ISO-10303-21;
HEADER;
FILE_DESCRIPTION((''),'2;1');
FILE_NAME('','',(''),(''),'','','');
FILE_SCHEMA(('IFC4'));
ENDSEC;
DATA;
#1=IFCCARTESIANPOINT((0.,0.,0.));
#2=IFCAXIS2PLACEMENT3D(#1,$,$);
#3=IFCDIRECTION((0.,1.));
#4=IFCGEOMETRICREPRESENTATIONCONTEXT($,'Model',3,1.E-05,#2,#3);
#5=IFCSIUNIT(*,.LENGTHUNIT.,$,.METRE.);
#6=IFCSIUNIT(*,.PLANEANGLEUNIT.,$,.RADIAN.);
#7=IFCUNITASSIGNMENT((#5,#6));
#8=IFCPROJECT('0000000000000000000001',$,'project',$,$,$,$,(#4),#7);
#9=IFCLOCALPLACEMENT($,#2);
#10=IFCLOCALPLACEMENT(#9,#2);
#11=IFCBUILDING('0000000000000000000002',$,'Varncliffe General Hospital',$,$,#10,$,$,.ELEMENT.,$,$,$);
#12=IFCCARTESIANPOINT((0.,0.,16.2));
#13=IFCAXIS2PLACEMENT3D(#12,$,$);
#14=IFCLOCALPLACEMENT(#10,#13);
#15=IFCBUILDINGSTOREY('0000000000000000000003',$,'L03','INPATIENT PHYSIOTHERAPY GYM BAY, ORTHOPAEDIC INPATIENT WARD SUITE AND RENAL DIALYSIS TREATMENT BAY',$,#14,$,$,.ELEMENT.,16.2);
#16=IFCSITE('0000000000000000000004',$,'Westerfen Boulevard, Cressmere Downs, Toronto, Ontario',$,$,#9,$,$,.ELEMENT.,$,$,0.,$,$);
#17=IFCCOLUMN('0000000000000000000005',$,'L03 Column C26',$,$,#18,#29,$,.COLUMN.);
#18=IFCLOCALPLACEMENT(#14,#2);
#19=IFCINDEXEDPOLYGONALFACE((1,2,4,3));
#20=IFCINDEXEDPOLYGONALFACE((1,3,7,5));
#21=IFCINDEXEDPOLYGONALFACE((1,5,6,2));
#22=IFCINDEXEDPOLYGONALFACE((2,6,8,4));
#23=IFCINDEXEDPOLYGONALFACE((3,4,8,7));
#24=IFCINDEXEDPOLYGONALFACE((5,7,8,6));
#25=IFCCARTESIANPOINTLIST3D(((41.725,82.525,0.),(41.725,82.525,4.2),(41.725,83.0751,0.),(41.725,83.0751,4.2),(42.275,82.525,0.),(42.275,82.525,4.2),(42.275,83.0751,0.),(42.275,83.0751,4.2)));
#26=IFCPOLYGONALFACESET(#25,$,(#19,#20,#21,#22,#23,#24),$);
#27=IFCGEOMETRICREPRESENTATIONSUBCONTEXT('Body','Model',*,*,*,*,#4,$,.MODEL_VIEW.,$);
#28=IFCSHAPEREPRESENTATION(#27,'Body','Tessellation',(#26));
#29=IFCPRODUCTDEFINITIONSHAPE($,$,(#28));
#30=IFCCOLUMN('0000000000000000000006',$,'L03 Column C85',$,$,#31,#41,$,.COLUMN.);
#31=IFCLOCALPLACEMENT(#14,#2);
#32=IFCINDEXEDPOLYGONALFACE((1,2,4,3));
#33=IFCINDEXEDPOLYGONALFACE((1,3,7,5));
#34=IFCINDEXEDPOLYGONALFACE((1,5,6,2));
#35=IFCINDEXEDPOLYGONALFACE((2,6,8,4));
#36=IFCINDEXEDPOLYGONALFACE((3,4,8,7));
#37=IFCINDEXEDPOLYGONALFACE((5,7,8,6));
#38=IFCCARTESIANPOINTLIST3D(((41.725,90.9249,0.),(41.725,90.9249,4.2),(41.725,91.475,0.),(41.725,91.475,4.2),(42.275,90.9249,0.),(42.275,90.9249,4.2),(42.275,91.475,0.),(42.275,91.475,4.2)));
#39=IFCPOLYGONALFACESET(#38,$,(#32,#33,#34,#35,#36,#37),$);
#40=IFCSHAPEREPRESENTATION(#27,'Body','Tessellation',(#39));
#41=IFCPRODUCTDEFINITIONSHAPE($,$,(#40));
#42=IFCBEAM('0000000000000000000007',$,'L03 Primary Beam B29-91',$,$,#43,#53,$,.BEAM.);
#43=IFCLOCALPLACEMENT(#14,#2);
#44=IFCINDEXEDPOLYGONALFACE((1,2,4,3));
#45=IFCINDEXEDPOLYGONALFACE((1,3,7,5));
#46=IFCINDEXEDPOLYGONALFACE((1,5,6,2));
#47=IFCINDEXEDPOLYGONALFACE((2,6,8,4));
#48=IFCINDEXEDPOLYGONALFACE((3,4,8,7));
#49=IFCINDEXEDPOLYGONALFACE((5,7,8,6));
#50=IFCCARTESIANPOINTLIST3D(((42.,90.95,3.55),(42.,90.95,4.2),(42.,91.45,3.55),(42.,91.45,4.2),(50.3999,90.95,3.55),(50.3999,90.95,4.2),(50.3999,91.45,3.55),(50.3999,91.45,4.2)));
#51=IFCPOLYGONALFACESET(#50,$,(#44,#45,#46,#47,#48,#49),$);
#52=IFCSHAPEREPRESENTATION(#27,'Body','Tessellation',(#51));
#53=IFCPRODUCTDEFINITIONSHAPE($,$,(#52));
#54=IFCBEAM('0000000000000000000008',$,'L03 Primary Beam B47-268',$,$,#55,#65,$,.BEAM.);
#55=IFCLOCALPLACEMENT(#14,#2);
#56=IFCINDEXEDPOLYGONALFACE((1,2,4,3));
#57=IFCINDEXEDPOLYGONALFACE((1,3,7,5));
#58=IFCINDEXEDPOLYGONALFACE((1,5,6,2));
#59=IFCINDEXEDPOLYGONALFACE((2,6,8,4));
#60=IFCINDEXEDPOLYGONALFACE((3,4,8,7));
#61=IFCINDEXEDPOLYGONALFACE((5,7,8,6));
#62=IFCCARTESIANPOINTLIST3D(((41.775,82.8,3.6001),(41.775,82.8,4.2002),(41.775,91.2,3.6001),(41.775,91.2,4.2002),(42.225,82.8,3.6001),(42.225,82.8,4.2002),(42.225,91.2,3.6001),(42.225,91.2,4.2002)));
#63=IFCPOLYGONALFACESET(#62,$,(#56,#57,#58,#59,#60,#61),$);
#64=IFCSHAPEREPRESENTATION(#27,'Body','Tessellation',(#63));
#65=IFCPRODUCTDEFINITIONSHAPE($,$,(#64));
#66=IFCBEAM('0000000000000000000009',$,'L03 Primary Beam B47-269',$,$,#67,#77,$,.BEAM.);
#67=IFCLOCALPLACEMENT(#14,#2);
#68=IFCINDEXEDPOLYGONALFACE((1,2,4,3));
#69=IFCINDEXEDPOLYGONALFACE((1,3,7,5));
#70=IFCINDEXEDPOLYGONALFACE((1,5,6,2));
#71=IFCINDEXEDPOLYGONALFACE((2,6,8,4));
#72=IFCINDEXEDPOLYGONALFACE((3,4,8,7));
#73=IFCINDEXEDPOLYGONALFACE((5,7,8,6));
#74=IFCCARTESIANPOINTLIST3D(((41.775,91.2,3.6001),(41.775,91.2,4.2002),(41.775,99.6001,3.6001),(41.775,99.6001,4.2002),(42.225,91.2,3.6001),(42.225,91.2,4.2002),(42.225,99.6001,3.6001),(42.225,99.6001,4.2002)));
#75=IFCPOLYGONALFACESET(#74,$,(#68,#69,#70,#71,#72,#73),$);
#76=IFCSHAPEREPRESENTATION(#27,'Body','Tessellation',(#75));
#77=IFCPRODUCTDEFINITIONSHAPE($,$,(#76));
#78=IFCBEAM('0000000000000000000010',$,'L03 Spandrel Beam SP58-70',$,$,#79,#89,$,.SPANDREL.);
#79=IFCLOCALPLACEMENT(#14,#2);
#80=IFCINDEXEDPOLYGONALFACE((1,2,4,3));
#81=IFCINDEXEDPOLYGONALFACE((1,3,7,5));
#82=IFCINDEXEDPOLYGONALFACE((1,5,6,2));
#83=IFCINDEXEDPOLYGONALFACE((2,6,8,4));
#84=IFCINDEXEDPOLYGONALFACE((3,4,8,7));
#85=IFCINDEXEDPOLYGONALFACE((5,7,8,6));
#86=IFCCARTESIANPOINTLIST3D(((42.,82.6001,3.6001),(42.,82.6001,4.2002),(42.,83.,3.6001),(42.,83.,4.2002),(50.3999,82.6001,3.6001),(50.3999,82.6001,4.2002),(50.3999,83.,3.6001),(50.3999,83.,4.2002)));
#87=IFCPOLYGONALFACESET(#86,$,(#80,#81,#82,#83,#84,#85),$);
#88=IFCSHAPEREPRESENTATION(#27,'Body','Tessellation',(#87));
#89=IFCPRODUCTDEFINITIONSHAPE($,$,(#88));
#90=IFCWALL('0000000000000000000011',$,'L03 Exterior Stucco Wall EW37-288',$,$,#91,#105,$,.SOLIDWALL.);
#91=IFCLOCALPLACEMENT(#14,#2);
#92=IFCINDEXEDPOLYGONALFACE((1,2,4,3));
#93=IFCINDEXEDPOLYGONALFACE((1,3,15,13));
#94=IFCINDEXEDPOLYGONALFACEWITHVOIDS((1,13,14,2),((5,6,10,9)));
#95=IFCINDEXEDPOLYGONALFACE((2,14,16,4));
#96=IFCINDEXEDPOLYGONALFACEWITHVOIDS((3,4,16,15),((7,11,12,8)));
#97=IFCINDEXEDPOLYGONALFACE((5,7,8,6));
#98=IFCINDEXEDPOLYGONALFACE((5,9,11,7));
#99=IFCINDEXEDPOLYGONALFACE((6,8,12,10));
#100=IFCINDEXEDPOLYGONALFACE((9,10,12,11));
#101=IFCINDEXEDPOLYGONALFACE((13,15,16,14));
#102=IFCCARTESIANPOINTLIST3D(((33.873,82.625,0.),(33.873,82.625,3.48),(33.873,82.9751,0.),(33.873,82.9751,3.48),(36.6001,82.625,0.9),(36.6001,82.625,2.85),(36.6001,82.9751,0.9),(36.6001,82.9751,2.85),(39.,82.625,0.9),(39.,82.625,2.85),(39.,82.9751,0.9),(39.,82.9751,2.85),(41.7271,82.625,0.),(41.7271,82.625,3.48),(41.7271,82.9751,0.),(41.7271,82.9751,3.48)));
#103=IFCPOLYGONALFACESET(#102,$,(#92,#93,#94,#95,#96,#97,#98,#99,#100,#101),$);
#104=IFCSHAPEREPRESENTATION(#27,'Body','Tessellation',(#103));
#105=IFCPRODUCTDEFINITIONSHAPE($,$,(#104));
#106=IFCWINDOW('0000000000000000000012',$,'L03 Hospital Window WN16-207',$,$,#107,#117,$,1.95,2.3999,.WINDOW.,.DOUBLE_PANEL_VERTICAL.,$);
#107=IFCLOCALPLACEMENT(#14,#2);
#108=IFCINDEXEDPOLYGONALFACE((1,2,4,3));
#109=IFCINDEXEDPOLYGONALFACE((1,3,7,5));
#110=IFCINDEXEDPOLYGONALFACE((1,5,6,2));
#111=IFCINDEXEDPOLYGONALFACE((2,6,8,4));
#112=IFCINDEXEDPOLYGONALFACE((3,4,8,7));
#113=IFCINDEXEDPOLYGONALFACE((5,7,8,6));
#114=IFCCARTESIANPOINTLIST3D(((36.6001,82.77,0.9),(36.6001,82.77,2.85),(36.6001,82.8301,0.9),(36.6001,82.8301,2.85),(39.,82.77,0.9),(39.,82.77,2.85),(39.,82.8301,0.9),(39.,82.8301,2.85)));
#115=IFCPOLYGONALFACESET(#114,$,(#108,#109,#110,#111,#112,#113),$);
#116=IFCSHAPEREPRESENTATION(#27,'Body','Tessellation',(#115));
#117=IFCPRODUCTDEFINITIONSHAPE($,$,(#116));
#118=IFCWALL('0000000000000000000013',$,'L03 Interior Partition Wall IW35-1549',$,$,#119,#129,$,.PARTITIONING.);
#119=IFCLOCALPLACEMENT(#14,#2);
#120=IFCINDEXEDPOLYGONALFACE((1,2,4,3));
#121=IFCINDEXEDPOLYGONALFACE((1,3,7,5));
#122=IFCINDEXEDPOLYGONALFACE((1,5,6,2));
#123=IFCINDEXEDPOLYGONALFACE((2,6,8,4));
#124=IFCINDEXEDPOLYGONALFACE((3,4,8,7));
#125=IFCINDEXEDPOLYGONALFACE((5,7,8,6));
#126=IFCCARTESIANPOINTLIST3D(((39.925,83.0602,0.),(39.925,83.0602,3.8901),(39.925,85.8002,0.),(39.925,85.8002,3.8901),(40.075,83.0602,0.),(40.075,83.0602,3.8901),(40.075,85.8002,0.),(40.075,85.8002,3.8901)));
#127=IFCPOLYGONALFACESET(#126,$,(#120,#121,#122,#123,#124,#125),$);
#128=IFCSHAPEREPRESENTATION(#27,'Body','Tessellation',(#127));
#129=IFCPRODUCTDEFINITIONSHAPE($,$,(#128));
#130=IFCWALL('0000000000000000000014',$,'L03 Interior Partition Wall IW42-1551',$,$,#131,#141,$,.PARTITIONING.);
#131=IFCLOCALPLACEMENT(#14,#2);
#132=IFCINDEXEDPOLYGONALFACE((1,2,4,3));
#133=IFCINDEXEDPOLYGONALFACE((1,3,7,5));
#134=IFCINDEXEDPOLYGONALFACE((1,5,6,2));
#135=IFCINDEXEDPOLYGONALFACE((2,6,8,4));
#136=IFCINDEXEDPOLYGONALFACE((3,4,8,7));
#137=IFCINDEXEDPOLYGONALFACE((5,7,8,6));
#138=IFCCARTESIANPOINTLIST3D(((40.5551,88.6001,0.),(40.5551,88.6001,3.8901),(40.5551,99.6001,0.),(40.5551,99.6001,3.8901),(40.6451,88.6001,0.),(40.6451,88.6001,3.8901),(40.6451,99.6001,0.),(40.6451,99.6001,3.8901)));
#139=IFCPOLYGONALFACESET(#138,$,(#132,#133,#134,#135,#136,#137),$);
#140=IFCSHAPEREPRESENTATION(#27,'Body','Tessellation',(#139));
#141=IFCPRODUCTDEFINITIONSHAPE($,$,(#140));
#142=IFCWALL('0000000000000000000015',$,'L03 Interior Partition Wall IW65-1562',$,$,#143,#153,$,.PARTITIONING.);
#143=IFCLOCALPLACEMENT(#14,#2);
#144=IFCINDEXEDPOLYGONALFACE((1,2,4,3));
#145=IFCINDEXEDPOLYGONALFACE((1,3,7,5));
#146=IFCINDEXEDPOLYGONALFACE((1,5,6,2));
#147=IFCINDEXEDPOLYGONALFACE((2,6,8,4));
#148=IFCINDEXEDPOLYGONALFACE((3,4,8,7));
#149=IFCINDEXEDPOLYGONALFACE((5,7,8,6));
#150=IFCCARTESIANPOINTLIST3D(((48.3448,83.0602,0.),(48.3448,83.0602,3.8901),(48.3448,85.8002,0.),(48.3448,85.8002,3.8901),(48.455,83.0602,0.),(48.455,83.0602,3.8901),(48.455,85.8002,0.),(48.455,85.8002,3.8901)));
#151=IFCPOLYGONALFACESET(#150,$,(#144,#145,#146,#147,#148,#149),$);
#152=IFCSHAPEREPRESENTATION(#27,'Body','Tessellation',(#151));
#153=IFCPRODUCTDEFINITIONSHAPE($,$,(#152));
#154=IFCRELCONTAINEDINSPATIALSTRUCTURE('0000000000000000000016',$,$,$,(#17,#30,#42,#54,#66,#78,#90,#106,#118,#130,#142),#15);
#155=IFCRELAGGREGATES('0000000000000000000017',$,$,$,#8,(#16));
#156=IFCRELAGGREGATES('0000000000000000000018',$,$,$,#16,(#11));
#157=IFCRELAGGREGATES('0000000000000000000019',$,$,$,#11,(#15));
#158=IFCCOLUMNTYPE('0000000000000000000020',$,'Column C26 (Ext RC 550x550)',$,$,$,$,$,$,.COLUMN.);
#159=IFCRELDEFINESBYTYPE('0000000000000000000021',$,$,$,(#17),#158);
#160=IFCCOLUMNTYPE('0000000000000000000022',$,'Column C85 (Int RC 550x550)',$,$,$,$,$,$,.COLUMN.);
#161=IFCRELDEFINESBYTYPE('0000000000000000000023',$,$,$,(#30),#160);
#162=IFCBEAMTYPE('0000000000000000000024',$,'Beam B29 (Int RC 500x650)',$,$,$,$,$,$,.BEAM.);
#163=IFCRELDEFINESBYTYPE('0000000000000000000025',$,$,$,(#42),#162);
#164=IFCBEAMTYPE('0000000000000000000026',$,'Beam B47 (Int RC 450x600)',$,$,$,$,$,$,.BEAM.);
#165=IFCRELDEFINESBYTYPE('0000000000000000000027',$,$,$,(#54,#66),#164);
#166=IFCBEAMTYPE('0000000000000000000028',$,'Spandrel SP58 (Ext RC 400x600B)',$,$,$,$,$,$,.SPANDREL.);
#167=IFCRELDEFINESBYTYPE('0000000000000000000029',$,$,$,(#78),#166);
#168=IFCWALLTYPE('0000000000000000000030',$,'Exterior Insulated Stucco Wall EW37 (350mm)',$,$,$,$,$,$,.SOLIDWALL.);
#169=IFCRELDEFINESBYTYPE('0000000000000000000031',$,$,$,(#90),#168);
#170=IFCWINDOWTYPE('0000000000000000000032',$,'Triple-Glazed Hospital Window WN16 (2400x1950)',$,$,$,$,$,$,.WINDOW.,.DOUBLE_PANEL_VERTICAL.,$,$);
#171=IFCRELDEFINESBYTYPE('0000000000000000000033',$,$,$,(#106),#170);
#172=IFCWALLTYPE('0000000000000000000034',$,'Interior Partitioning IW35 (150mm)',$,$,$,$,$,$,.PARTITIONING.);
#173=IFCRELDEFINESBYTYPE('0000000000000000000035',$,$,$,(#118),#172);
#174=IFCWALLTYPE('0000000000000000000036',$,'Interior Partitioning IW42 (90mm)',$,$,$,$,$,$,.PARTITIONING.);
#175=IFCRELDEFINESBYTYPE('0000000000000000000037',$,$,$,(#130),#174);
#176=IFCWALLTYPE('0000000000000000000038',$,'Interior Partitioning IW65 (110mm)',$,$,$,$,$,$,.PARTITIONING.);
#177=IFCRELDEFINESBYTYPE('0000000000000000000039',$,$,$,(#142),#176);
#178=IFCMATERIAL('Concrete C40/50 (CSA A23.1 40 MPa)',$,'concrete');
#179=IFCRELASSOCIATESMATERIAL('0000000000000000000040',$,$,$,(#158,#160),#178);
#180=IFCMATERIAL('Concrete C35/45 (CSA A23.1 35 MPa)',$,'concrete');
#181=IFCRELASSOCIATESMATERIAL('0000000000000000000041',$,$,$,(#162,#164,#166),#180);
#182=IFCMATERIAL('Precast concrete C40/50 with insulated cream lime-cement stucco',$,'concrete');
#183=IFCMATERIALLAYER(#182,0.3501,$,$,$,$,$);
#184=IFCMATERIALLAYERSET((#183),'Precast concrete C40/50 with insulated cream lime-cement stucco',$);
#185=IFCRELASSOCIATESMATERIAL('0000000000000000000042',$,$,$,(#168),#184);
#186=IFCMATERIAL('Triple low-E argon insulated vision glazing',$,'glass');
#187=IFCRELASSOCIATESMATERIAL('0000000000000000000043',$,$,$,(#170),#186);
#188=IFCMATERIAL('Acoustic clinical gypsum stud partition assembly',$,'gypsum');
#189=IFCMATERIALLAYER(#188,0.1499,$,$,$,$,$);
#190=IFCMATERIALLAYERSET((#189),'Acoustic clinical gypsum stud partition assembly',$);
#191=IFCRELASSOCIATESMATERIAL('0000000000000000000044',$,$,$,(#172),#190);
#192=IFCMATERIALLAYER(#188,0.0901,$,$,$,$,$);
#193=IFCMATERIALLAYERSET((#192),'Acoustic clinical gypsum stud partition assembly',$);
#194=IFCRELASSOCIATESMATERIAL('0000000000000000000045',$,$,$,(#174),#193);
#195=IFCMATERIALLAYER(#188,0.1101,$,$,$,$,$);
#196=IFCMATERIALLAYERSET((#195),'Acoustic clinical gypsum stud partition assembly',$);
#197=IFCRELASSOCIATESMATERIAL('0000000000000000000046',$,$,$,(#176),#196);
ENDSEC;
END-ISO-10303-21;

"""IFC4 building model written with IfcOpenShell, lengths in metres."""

from ifc_helpers import new_model, si_unit, direction, frame, frame_2d, origin, origin_2d, place, context, subcontext, project, spatial, rectangle, extrude, material, layer, layer_set, material_profile, profile_set, type_object, element, fill, save


model = new_model("IFC4")

# Units and contexts
model_context = context("Model", 3, precision=1e-05, world=origin(), true_north=direction((0.0, 1.0)))
body_context = subcontext(model_context, "Body", "Model", "MODEL_VIEW")
ifc_project = project(units=[si_unit("LENGTHUNIT", "METRE"), si_unit("PLANEANGLEUNIT", "RADIAN")], contexts=[model_context])

# Site, building, storey
site_placement = place(None, origin())
site = spatial("IfcSite", under=ifc_project, at=site_placement, Name="Westerfen Boulevard, Cressmere Downs, Toronto, Ontario", CompositionType="ELEMENT", RefElevation=0.0)
building_placement = place(site_placement, origin())
building = spatial("IfcBuilding", under=site, at=building_placement, Name="Varncliffe General Hospital", CompositionType="ELEMENT")
storey_placement = place(building_placement, frame((0.0, 0.0, 16.2)))
storey = spatial("IfcBuildingStorey", under=building, at=storey_placement, Name="L03", Description="INPATIENT PHYSIOTHERAPY GYM BAY, ORTHOPAEDIC INPATIENT WARD SUITE AND RENAL DIALYSIS TREATMENT BAY", CompositionType="ELEMENT", Elevation=16.2)

# Columns
ifc_material_1 = material(Name="Concrete C40/50 (CSA A23.1 40 MPa)", Category="concrete")
ifc_material_profile_1 = material_profile(ifc_material_1, rectangle(XDim=0.55, YDim=0.55, at=origin_2d()), Name="RC 550x550")
ifc_profile_set_1 = profile_set([ifc_material_profile_1], Name="Concrete C40/50 (CSA A23.1 40 MPa)")
column_type_1 = type_object("IfcColumnType", Name="Column C26 (Ext RC 550x550)", PredefinedType="COLUMN", material=ifc_profile_set_1)
column_1_placement = place(storey_placement, frame((42.0, 82.8, 0.0), z_axis=(0.0, 0.0, 1.0), x_axis=(1.0, 0.0, 0.0)))
element("IfcColumn", 1, at=column_1_placement, inside=storey, type_object=column_type_1, Name="L03 Column C26", PredefinedType="COLUMN", context=body_context, shape_type="SweptSolid", body=[
    extrude(rectangle(XDim=0.55, YDim=0.55, at=origin_2d()), origin(), (0.0, 0.0, 1.0), 4.2),
])
ifc_material_profile_2 = material_profile(ifc_material_1, rectangle(XDim=0.55, YDim=0.55, at=origin_2d()), Name="RC 550x550")
ifc_profile_set_2 = profile_set([ifc_material_profile_2], Name="Concrete C40/50 (CSA A23.1 40 MPa)")
column_type_2 = type_object("IfcColumnType", Name="Column C85 (Int RC 550x550)", PredefinedType="COLUMN", material=ifc_profile_set_2)
column_2_placement = place(storey_placement, frame((42.0, 91.2, 0.0), z_axis=(0.0, 0.0, 1.0), x_axis=(1.0, 0.0, 0.0)))
element("IfcColumn", 2, at=column_2_placement, inside=storey, type_object=column_type_2, Name="L03 Column C85", PredefinedType="COLUMN", context=body_context, shape_type="SweptSolid", body=[
    extrude(rectangle(XDim=0.55, YDim=0.55, at=origin_2d()), origin(), (0.0, 0.0, 1.0), 4.2),
])

# Beams
ifc_material_2 = material(Name="Concrete C35/45 (CSA A23.1 35 MPa)", Category="concrete")
ifc_material_profile_3 = material_profile(ifc_material_2, rectangle(XDim=0.5, YDim=0.6499, at=origin_2d()), Name="RC 500x650")
ifc_profile_set_3 = profile_set([ifc_material_profile_3], Name="Concrete C35/45 (CSA A23.1 35 MPa)")
beam_type_1 = type_object("IfcBeamType", Name="Beam B29 (Int RC 500x650)", PredefinedType="BEAM", material=ifc_profile_set_3)
beam_1_placement = place(storey_placement, frame((42.0, 91.2, 3.875), z_axis=(1.0, 0.0, 0.0), x_axis=(0.0, 1.0, 0.0)))
element("IfcBeam", 3, at=beam_1_placement, inside=storey, type_object=beam_type_1, Name="L03 Primary Beam B29-91", PredefinedType="BEAM", context=body_context, shape_type="SweptSolid", body=[
    extrude(rectangle(XDim=0.5, YDim=0.6499, at=origin_2d()), origin(), (0.0, 0.0, 1.0), 8.3999),
])
ifc_material_profile_4 = material_profile(ifc_material_2, rectangle(XDim=0.45, YDim=0.6001, at=origin_2d()), Name="RC 450x600")
ifc_profile_set_4 = profile_set([ifc_material_profile_4], Name="Concrete C35/45 (CSA A23.1 35 MPa)")
beam_type_2 = type_object("IfcBeamType", Name="Beam B47 (Int RC 450x600)", PredefinedType="BEAM", material=ifc_profile_set_4)
beam_2_placement = place(storey_placement, frame((42.0, 82.8, 3.9001), z_axis=(0.0, 1.0, 0.0), x_axis=(-1.0, 0.0, 0.0)))
element("IfcBeam", 4, at=beam_2_placement, inside=storey, type_object=beam_type_2, Name="L03 Primary Beam B47-268", PredefinedType="BEAM", context=body_context, shape_type="SweptSolid", body=[
    extrude(rectangle(XDim=0.45, YDim=0.6001, at=origin_2d()), origin(), (0.0, 0.0, 1.0), 8.3999),
])
beam_3_placement = place(storey_placement, frame((42.0, 91.2, 3.9001), z_axis=(0.0, 1.0, 0.0), x_axis=(-1.0, 0.0, 0.0)))
element("IfcBeam", 5, at=beam_3_placement, inside=storey, type_object=beam_type_2, Name="L03 Primary Beam B47-269", PredefinedType="BEAM", context=body_context, shape_type="SweptSolid", body=[
    extrude(rectangle(XDim=0.45, YDim=0.6001, at=origin_2d()), origin(), (0.0, 0.0, 1.0), 8.4001),
])
ifc_material_profile_5 = material_profile(ifc_material_2, rectangle(XDim=0.3999, YDim=0.6001, at=origin_2d()), Name="RC 400x600")
ifc_profile_set_5 = profile_set([ifc_material_profile_5], Name="Concrete C35/45 (CSA A23.1 35 MPa)")
beam_type_3 = type_object("IfcBeamType", Name="Spandrel SP58 (Ext RC 400x600B)", PredefinedType="SPANDREL", material=ifc_profile_set_5)
beam_4_placement = place(storey_placement, frame((42.0, 82.8, 3.9001), z_axis=(1.0, 0.0, 0.0), x_axis=(0.0, 1.0, 0.0)))
element("IfcBeam", 6, at=beam_4_placement, inside=storey, type_object=beam_type_3, Name="L03 Spandrel Beam SP58-70", PredefinedType="SPANDREL", context=body_context, shape_type="SweptSolid", body=[
    extrude(rectangle(XDim=0.3999, YDim=0.6001, at=origin_2d()), origin(), (0.0, 0.0, 1.0), 8.3999),
])

# Wall, opening, window
ifc_material_3 = material(Name="Precast concrete C40/50 with insulated cream lime-cement stucco", Category="concrete")
ifc_layer_1 = layer(ifc_material_3, 0.3501)
ifc_layer_set_1 = layer_set([ifc_layer_1], Name="Precast concrete C40/50 with insulated cream lime-cement stucco")
wall_type_1 = type_object("IfcWallType", Name="Exterior Insulated Stucco Wall EW37 (350mm)", PredefinedType="SOLIDWALL", material=ifc_layer_set_1)
wall_1_placement = place(storey_placement, frame((41.7271, 82.8, 0.0), z_axis=(0.0, 0.0, 1.0), x_axis=(-1.0, 0.0, 0.0)))
wall_1 = element("IfcWall", 7, at=wall_1_placement, inside=storey, type_object=wall_type_1, Name="L03 Exterior Stucco Wall EW37-288", PredefinedType="SOLIDWALL", context=body_context, shape_type="SweptSolid", body=[
    extrude(rectangle(XDim=7.854, YDim=0.3501, at=frame_2d((3.927, 0.0))), origin(), (0.0, 0.0, 1.0), 3.48),
])
opening_1_placement = place(wall_1_placement, frame((2.7271, 0.0, 0.8999)))
opening_1 = element("IfcOpeningElement", 8, at=opening_1_placement, cuts=wall_1, PredefinedType="OPENING", context=body_context, shape_type="SweptSolid", body=[
    extrude(rectangle(XDim=2.3999, YDim=1.95, at=frame_2d((1.2, 0.9751))), frame((0.0, 0.1851, 0.0), z_axis=(0.0, -1.0, 0.0), x_axis=(1.0, 0.0, 0.0)), (0.0, 0.0, 1.0), 0.3701),
])
ifc_material_4 = material(Name="Triple low-E argon insulated vision glazing", Category="glass")
window_type = type_object("IfcWindowType", Name="Triple-Glazed Hospital Window WN16 (2400x1950)", PartitioningType="DOUBLE_PANEL_VERTICAL", PredefinedType="WINDOW", material=ifc_material_4)
window_placement = place(opening_1_placement, origin())
window = element("IfcWindow", 9, at=window_placement, inside=storey, type_object=window_type, Name="L03 Hospital Window WN16-207", OverallHeight=1.95, OverallWidth=2.3999, PartitioningType="DOUBLE_PANEL_VERTICAL", PredefinedType="WINDOW", context=body_context, shape_type="SweptSolid", body=[
    extrude(rectangle(XDim=2.3999, YDim=1.95, at=frame_2d((1.2, 0.9751))), frame((0.0, 0.03, 0.0), z_axis=(0.0, -1.0, 0.0), x_axis=(1.0, 0.0, 0.0)), (0.0, 0.0, 1.0), 0.0601),
])
fill(opening_1, window)

# Walls
ifc_material_5 = material(Name="Acoustic clinical gypsum stud partition assembly", Category="gypsum")
ifc_layer_2 = layer(ifc_material_5, 0.1499)
ifc_layer_set_2 = layer_set([ifc_layer_2], Name="Acoustic clinical gypsum stud partition assembly")
wall_type_2 = type_object("IfcWallType", Name="Interior Partitioning IW35 (150mm)", PredefinedType="PARTITIONING", material=ifc_layer_set_2)
wall_2_placement = place(storey_placement, frame((40.0, 83.0601, 0.0), z_axis=(0.0, 0.0, 1.0), x_axis=(0.0, 1.0, 0.0)))
element("IfcWall", 10, at=wall_2_placement, inside=storey, type_object=wall_type_2, Name="L03 Interior Partition Wall IW35-1549", PredefinedType="PARTITIONING", context=body_context, shape_type="SweptSolid", body=[
    extrude(rectangle(XDim=2.74, YDim=0.1499, at=frame_2d((1.3701, 0.0))), origin(), (0.0, 0.0, 1.0), 3.8901),
])
ifc_layer_3 = layer(ifc_material_5, 0.0901)
ifc_layer_set_3 = layer_set([ifc_layer_3], Name="Acoustic clinical gypsum stud partition assembly")
wall_type_3 = type_object("IfcWallType", Name="Interior Partitioning IW42 (90mm)", PredefinedType="PARTITIONING", material=ifc_layer_set_3)
wall_3_placement = place(storey_placement, frame((40.6001, 88.6001, 0.0), z_axis=(0.0, 0.0, 1.0), x_axis=(0.0, 1.0, 0.0)))
element("IfcWall", 11, at=wall_3_placement, inside=storey, type_object=wall_type_3, Name="L03 Interior Partition Wall IW42-1551", PredefinedType="PARTITIONING", context=body_context, shape_type="SweptSolid", body=[
    extrude(rectangle(XDim=11.0, YDim=0.0901, at=frame_2d((5.5, 0.0))), origin(), (0.0, 0.0, 1.0), 3.8901),
])
ifc_layer_4 = layer(ifc_material_5, 0.1101)
ifc_layer_set_4 = layer_set([ifc_layer_4], Name="Acoustic clinical gypsum stud partition assembly")
wall_type_4 = type_object("IfcWallType", Name="Interior Partitioning IW65 (110mm)", PredefinedType="PARTITIONING", material=ifc_layer_set_4)
wall_4_placement = place(storey_placement, frame((48.3999, 83.0601, 0.0), z_axis=(0.0, 0.0, 1.0), x_axis=(0.0, 1.0, 0.0)))
element("IfcWall", 12, at=wall_4_placement, inside=storey, type_object=wall_type_4, Name="L03 Interior Partition Wall IW65-1562", PredefinedType="PARTITIONING", context=body_context, shape_type="SweptSolid", body=[
    extrude(rectangle(XDim=2.74, YDim=0.1101, at=frame_2d((1.3701, 0.0))), origin(), (0.0, 0.0, 1.0), 3.8901),
])

save(model, "model.ifc")
